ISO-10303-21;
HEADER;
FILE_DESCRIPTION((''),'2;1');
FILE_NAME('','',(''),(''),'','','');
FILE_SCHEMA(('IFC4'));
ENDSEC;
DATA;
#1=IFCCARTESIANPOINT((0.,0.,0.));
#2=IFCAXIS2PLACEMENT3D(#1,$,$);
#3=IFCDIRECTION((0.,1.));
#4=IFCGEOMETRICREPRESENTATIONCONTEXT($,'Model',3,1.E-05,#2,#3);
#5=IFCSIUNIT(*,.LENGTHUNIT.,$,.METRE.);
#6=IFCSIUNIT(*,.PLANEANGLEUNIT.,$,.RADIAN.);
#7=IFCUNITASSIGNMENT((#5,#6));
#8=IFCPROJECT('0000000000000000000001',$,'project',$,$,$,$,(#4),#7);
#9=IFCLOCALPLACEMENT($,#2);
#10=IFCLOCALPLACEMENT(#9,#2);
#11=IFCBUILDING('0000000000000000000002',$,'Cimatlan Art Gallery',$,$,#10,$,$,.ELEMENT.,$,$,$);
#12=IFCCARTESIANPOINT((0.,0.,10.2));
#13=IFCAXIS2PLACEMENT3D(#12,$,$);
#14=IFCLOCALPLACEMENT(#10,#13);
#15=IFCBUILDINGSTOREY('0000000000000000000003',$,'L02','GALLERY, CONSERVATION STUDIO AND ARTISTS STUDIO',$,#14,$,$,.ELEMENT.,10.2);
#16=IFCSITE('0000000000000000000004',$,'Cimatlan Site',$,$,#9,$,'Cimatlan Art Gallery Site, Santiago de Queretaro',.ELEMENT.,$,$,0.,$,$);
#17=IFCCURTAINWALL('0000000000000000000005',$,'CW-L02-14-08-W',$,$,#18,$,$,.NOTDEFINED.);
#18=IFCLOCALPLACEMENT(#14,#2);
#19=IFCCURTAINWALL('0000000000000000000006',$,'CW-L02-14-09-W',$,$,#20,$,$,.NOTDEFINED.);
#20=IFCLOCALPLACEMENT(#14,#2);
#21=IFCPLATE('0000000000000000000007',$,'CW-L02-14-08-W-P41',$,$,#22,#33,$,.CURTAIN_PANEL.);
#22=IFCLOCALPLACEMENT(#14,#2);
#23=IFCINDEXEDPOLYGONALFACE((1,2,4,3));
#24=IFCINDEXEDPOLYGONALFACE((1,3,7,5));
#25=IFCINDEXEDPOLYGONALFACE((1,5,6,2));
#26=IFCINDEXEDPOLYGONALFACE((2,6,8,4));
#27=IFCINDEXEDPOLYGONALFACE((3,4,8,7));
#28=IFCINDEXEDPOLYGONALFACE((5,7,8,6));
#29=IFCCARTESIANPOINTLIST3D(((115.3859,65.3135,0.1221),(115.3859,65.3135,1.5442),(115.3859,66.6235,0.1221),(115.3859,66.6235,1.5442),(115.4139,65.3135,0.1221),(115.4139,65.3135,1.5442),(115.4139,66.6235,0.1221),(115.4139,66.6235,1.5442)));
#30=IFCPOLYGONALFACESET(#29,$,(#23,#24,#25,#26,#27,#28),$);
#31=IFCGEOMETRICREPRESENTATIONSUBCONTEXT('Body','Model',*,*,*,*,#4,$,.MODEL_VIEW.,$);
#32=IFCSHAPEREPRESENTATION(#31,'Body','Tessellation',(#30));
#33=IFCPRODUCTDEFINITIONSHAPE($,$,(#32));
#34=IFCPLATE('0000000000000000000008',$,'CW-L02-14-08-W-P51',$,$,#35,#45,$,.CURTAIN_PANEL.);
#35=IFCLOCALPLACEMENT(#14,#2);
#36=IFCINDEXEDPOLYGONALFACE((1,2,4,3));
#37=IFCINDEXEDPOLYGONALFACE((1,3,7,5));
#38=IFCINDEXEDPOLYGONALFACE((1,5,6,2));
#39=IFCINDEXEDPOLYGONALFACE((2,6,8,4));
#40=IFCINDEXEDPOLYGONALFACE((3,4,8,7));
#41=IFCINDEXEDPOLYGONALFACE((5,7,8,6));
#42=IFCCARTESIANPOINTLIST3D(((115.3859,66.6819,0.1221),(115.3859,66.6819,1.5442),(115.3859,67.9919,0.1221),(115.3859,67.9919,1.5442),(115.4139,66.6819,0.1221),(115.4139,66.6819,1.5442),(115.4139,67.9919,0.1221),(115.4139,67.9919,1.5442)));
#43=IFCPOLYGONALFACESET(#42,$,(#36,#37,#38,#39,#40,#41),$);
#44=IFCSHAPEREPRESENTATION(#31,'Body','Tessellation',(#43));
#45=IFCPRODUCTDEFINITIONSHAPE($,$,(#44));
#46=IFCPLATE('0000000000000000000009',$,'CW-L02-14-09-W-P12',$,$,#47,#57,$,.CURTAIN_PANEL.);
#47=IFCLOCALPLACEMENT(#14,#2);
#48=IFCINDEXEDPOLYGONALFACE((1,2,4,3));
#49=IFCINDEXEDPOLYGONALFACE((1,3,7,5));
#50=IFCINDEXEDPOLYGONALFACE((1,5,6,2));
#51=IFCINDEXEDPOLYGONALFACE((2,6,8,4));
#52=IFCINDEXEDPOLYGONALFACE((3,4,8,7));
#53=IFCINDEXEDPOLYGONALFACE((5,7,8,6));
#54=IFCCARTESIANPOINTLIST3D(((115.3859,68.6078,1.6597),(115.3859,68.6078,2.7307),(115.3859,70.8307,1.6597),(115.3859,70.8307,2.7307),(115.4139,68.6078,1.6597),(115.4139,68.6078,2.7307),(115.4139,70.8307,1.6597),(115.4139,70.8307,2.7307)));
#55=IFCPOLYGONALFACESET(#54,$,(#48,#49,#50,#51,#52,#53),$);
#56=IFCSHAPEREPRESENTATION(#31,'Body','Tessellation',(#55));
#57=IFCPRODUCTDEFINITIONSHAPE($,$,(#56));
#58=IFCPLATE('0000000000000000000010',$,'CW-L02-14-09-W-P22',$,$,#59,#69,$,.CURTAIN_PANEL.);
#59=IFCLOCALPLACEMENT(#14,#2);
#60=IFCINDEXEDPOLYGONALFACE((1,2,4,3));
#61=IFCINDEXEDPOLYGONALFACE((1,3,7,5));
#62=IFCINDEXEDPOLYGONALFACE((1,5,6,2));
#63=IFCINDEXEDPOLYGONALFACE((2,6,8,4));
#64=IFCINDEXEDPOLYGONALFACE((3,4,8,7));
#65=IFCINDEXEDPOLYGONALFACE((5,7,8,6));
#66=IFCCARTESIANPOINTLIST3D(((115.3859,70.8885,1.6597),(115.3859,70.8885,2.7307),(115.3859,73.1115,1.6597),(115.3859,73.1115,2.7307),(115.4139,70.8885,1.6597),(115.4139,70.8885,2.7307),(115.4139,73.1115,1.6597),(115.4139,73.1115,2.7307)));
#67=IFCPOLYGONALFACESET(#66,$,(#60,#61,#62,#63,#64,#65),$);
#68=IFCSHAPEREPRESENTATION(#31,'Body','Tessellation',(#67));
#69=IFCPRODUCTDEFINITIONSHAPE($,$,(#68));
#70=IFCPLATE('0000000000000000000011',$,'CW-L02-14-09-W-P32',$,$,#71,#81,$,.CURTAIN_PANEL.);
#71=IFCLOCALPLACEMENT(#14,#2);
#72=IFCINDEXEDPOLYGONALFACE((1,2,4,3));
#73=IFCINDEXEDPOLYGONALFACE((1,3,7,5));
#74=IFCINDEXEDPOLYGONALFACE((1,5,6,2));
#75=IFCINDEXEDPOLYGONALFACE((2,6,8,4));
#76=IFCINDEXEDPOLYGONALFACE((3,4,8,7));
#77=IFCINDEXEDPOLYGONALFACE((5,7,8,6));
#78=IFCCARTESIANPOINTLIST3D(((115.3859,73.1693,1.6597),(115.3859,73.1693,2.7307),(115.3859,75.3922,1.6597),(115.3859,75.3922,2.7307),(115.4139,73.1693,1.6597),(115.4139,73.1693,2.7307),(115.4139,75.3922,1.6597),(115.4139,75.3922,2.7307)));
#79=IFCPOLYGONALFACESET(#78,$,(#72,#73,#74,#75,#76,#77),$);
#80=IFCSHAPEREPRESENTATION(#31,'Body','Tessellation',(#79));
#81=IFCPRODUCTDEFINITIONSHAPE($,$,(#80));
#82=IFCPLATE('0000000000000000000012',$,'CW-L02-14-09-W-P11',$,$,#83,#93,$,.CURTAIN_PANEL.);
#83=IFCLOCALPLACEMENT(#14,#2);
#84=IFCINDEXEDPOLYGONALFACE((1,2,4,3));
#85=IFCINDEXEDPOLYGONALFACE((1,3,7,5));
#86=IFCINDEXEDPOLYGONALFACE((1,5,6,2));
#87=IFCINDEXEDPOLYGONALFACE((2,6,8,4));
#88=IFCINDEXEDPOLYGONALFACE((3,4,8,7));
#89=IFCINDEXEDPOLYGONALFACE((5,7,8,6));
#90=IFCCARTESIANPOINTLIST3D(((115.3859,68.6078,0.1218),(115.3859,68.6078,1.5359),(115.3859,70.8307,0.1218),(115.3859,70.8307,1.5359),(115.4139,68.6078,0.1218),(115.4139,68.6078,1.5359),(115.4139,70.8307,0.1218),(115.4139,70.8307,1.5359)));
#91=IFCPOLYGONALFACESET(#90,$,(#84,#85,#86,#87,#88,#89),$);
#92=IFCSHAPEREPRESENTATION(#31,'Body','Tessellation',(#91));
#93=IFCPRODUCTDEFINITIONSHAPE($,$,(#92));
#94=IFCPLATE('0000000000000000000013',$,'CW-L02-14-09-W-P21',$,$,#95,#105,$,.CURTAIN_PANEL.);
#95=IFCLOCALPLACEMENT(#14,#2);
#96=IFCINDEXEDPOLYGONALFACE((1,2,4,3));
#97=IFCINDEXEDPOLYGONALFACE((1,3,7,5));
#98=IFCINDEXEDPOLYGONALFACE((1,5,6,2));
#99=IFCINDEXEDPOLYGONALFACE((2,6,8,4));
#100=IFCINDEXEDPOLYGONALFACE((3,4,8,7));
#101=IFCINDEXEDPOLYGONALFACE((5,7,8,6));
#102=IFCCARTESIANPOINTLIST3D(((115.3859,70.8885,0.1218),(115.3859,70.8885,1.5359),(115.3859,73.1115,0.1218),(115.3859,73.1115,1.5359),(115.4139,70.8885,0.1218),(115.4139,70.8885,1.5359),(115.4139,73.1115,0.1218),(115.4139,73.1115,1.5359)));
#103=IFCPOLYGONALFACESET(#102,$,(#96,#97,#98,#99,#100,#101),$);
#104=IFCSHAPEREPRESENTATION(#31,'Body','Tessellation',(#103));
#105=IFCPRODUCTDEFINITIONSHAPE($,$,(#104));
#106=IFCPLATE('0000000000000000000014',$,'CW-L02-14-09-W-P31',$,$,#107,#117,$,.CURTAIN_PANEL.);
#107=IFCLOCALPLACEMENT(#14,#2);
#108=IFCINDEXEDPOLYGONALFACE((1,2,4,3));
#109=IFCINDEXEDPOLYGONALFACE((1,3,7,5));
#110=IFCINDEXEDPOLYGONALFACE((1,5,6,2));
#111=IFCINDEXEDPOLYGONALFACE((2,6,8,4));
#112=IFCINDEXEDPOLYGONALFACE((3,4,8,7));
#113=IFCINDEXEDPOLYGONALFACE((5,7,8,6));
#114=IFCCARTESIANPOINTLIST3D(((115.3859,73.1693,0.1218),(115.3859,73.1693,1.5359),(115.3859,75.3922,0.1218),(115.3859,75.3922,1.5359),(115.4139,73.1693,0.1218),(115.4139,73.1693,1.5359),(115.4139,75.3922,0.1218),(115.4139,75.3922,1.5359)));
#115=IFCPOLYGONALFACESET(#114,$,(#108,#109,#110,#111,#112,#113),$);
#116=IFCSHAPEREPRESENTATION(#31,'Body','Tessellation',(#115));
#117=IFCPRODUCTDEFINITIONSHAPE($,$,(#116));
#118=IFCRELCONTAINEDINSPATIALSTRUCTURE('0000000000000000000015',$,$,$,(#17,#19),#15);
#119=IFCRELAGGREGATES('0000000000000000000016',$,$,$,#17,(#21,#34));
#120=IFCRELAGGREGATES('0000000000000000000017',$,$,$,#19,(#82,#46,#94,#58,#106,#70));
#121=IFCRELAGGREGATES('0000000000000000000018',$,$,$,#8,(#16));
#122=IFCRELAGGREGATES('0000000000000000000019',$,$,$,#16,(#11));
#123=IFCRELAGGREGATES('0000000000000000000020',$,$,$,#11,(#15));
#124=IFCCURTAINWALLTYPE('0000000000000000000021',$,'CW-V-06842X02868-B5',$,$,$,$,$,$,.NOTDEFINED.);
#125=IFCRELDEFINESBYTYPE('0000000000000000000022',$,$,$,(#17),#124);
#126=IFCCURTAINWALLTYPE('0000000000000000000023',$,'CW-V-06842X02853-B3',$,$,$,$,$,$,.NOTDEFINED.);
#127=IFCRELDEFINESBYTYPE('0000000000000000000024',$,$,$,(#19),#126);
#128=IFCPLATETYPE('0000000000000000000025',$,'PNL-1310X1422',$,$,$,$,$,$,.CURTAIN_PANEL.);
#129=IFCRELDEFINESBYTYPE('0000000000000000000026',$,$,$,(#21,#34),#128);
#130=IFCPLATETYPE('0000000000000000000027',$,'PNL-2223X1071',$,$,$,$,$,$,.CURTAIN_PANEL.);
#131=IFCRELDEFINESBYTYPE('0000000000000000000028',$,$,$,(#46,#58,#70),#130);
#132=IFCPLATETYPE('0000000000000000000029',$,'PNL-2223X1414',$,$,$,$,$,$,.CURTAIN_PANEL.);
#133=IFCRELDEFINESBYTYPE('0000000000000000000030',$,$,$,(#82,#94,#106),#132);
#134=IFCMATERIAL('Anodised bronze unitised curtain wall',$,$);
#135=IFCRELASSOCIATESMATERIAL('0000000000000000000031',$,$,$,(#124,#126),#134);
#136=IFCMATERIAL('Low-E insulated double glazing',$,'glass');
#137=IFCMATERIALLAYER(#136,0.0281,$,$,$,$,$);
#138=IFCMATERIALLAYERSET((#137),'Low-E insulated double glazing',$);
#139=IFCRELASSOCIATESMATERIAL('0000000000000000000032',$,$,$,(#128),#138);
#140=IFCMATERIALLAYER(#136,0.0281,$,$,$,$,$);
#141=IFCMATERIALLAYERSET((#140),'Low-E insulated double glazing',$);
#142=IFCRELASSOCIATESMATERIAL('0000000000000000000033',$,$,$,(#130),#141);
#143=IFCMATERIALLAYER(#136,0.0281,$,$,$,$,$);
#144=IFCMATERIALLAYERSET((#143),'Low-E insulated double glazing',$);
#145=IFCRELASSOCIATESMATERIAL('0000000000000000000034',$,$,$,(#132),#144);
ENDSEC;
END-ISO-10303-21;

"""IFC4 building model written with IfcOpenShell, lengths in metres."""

from ifc_helpers import new_model, si_unit, direction, frame, origin, origin_2d, place, context, subcontext, project, spatial, rectangle, extrude, material, layer, layer_set, type_object, element, aggregate, save


model = new_model("IFC4")

# Units and contexts
model_context = context("Model", 3, precision=1e-05, world=origin(), true_north=direction((0.0, 1.0)))
body_context = subcontext(model_context, "Body", "Model", "MODEL_VIEW")
ifc_project = project(units=[si_unit("LENGTHUNIT", "METRE"), si_unit("PLANEANGLEUNIT", "RADIAN")], contexts=[model_context])

# Site, building, storey
site_placement = place(None, origin())
site = spatial("IfcSite", under=ifc_project, at=site_placement, Name="Cimatlan Site", LongName="Cimatlan Art Gallery Site, Santiago de Queretaro", CompositionType="ELEMENT", RefElevation=0.0)
building_placement = place(site_placement, origin())
building = spatial("IfcBuilding", under=site, at=building_placement, Name="Cimatlan Art Gallery", CompositionType="ELEMENT")
storey_placement = place(building_placement, frame((0.0, 0.0, 10.2)))
storey = spatial("IfcBuildingStorey", under=building, at=storey_placement, Name="L02", Description="GALLERY, CONSERVATION STUDIO AND ARTISTS STUDIO", CompositionType="ELEMENT", Elevation=10.2)

# Shared definitions
ifc_material_1 = material(Name="Anodised bronze unitised curtain wall")

# Curtain walls
curtain_wall_type_1 = type_object("IfcCurtainWallType", Name="CW-V-06842X02868-B5", PredefinedType="NOTDEFINED", material=ifc_material_1)
curtain_wall_1_placement = place(storey_placement, origin())
curtain_wall_1 = element("IfcCurtainWall", 1, at=curtain_wall_1_placement, inside=storey, type_object=curtain_wall_type_1, Name="CW-L02-14-08-W", PredefinedType="NOTDEFINED")
curtain_wall_type_2 = type_object("IfcCurtainWallType", Name="CW-V-06842X02853-B3", PredefinedType="NOTDEFINED", material=ifc_material_1)
curtain_wall_2_placement = place(storey_placement, origin())
curtain_wall_2 = element("IfcCurtainWall", 2, at=curtain_wall_2_placement, inside=storey, type_object=curtain_wall_type_2, Name="CW-L02-14-09-W", PredefinedType="NOTDEFINED")

# Plates
ifc_material_2 = material(Name="Low-E insulated double glazing", Category="glass")
ifc_layer_1 = layer(ifc_material_2, 0.0281)
ifc_layer_set_1 = layer_set([ifc_layer_1], Name="Low-E insulated double glazing")
plate_type_1 = type_object("IfcPlateType", Name="PNL-1310X1422", PredefinedType="CURTAIN_PANEL", material=ifc_layer_set_1)
plate_1_placement = place(storey_placement, frame((115.3999, 65.9685, 0.1221), z_axis=(0.0, 0.0, 1.0), x_axis=(0.0, 1.0, 0.0)))
plate_1 = element("IfcPlate", 3, at=plate_1_placement, type_object=plate_type_1, Name="CW-L02-14-08-W-P41", PredefinedType="CURTAIN_PANEL", context=body_context, shape_type="SweptSolid", body=[
    extrude(rectangle(XDim=1.3101, YDim=0.0281, at=origin_2d()), origin(), (0.0, 0.0, 1.0), 1.4221),
])
plate_2_placement = place(storey_placement, frame((115.3999, 67.3369, 0.1221), z_axis=(0.0, 0.0, 1.0), x_axis=(0.0, 1.0, 0.0)))
plate_2 = element("IfcPlate", 4, at=plate_2_placement, type_object=plate_type_1, Name="CW-L02-14-08-W-P51", PredefinedType="CURTAIN_PANEL", context=body_context, shape_type="SweptSolid", body=[
    extrude(rectangle(XDim=1.3101, YDim=0.0281, at=origin_2d()), origin(), (0.0, 0.0, 1.0), 1.4221),
])
aggregate(curtain_wall_1, [plate_1, plate_2])
ifc_layer_2 = layer(ifc_material_2, 0.0281)
ifc_layer_set_2 = layer_set([ifc_layer_2], Name="Low-E insulated double glazing")
plate_type_2 = type_object("IfcPlateType", Name="PNL-2223X1071", PredefinedType="CURTAIN_PANEL", material=ifc_layer_set_2)
plate_3_placement = place(storey_placement, frame((115.3999, 69.7192, 1.6597), z_axis=(0.0, 0.0, 1.0), x_axis=(0.0, 1.0, 0.0)))
plate_3 = element("IfcPlate", 5, at=plate_3_placement, type_object=plate_type_2, Name="CW-L02-14-09-W-P12", PredefinedType="CURTAIN_PANEL", context=body_context, shape_type="SweptSolid", body=[
    extrude(rectangle(XDim=2.2229, YDim=0.0281, at=origin_2d()), origin(), (0.0, 0.0, 1.0), 1.071),
])
plate_4_placement = place(storey_placement, frame((115.3999, 72.0, 1.6597), z_axis=(0.0, 0.0, 1.0), x_axis=(0.0, 1.0, 0.0)))
plate_4 = element("IfcPlate", 6, at=plate_4_placement, type_object=plate_type_2, Name="CW-L02-14-09-W-P22", PredefinedType="CURTAIN_PANEL", context=body_context, shape_type="SweptSolid", body=[
    extrude(rectangle(XDim=2.2229, YDim=0.0281, at=origin_2d()), origin(), (0.0, 0.0, 1.0), 1.071),
])
plate_5_placement = place(storey_placement, frame((115.3999, 74.2808, 1.6597), z_axis=(0.0, 0.0, 1.0), x_axis=(0.0, 1.0, 0.0)))
plate_5 = element("IfcPlate", 7, at=plate_5_placement, type_object=plate_type_2, Name="CW-L02-14-09-W-P32", PredefinedType="CURTAIN_PANEL", context=body_context, shape_type="SweptSolid", body=[
    extrude(rectangle(XDim=2.2229, YDim=0.0281, at=origin_2d()), origin(), (0.0, 0.0, 1.0), 1.071),
])
ifc_layer_3 = layer(ifc_material_2, 0.0281)
ifc_layer_set_3 = layer_set([ifc_layer_3], Name="Low-E insulated double glazing")
plate_type_3 = type_object("IfcPlateType", Name="PNL-2223X1414", PredefinedType="CURTAIN_PANEL", material=ifc_layer_set_3)
plate_6_placement = place(storey_placement, frame((115.3999, 69.7192, 0.1218), z_axis=(0.0, 0.0, 1.0), x_axis=(0.0, 1.0, 0.0)))
plate_6 = element("IfcPlate", 8, at=plate_6_placement, type_object=plate_type_3, Name="CW-L02-14-09-W-P11", PredefinedType="CURTAIN_PANEL", context=body_context, shape_type="SweptSolid", body=[
    extrude(rectangle(XDim=2.2229, YDim=0.0281, at=origin_2d()), origin(), (0.0, 0.0, 1.0), 1.4141),
])
plate_7_placement = place(storey_placement, frame((115.3999, 72.0, 0.1218), z_axis=(0.0, 0.0, 1.0), x_axis=(0.0, 1.0, 0.0)))
plate_7 = element("IfcPlate", 9, at=plate_7_placement, type_object=plate_type_3, Name="CW-L02-14-09-W-P21", PredefinedType="CURTAIN_PANEL", context=body_context, shape_type="SweptSolid", body=[
    extrude(rectangle(XDim=2.2229, YDim=0.0281, at=origin_2d()), origin(), (0.0, 0.0, 1.0), 1.4141),
])
plate_8_placement = place(storey_placement, frame((115.3999, 74.2808, 0.1218), z_axis=(0.0, 0.0, 1.0), x_axis=(0.0, 1.0, 0.0)))
plate_8 = element("IfcPlate", 10, at=plate_8_placement, type_object=plate_type_3, Name="CW-L02-14-09-W-P31", PredefinedType="CURTAIN_PANEL", context=body_context, shape_type="SweptSolid", body=[
    extrude(rectangle(XDim=2.2229, YDim=0.0281, at=origin_2d()), origin(), (0.0, 0.0, 1.0), 1.4141),
])
aggregate(curtain_wall_2, [plate_6, plate_3, plate_7, plate_4, plate_8, plate_5])

save(model, "model.ifc")
